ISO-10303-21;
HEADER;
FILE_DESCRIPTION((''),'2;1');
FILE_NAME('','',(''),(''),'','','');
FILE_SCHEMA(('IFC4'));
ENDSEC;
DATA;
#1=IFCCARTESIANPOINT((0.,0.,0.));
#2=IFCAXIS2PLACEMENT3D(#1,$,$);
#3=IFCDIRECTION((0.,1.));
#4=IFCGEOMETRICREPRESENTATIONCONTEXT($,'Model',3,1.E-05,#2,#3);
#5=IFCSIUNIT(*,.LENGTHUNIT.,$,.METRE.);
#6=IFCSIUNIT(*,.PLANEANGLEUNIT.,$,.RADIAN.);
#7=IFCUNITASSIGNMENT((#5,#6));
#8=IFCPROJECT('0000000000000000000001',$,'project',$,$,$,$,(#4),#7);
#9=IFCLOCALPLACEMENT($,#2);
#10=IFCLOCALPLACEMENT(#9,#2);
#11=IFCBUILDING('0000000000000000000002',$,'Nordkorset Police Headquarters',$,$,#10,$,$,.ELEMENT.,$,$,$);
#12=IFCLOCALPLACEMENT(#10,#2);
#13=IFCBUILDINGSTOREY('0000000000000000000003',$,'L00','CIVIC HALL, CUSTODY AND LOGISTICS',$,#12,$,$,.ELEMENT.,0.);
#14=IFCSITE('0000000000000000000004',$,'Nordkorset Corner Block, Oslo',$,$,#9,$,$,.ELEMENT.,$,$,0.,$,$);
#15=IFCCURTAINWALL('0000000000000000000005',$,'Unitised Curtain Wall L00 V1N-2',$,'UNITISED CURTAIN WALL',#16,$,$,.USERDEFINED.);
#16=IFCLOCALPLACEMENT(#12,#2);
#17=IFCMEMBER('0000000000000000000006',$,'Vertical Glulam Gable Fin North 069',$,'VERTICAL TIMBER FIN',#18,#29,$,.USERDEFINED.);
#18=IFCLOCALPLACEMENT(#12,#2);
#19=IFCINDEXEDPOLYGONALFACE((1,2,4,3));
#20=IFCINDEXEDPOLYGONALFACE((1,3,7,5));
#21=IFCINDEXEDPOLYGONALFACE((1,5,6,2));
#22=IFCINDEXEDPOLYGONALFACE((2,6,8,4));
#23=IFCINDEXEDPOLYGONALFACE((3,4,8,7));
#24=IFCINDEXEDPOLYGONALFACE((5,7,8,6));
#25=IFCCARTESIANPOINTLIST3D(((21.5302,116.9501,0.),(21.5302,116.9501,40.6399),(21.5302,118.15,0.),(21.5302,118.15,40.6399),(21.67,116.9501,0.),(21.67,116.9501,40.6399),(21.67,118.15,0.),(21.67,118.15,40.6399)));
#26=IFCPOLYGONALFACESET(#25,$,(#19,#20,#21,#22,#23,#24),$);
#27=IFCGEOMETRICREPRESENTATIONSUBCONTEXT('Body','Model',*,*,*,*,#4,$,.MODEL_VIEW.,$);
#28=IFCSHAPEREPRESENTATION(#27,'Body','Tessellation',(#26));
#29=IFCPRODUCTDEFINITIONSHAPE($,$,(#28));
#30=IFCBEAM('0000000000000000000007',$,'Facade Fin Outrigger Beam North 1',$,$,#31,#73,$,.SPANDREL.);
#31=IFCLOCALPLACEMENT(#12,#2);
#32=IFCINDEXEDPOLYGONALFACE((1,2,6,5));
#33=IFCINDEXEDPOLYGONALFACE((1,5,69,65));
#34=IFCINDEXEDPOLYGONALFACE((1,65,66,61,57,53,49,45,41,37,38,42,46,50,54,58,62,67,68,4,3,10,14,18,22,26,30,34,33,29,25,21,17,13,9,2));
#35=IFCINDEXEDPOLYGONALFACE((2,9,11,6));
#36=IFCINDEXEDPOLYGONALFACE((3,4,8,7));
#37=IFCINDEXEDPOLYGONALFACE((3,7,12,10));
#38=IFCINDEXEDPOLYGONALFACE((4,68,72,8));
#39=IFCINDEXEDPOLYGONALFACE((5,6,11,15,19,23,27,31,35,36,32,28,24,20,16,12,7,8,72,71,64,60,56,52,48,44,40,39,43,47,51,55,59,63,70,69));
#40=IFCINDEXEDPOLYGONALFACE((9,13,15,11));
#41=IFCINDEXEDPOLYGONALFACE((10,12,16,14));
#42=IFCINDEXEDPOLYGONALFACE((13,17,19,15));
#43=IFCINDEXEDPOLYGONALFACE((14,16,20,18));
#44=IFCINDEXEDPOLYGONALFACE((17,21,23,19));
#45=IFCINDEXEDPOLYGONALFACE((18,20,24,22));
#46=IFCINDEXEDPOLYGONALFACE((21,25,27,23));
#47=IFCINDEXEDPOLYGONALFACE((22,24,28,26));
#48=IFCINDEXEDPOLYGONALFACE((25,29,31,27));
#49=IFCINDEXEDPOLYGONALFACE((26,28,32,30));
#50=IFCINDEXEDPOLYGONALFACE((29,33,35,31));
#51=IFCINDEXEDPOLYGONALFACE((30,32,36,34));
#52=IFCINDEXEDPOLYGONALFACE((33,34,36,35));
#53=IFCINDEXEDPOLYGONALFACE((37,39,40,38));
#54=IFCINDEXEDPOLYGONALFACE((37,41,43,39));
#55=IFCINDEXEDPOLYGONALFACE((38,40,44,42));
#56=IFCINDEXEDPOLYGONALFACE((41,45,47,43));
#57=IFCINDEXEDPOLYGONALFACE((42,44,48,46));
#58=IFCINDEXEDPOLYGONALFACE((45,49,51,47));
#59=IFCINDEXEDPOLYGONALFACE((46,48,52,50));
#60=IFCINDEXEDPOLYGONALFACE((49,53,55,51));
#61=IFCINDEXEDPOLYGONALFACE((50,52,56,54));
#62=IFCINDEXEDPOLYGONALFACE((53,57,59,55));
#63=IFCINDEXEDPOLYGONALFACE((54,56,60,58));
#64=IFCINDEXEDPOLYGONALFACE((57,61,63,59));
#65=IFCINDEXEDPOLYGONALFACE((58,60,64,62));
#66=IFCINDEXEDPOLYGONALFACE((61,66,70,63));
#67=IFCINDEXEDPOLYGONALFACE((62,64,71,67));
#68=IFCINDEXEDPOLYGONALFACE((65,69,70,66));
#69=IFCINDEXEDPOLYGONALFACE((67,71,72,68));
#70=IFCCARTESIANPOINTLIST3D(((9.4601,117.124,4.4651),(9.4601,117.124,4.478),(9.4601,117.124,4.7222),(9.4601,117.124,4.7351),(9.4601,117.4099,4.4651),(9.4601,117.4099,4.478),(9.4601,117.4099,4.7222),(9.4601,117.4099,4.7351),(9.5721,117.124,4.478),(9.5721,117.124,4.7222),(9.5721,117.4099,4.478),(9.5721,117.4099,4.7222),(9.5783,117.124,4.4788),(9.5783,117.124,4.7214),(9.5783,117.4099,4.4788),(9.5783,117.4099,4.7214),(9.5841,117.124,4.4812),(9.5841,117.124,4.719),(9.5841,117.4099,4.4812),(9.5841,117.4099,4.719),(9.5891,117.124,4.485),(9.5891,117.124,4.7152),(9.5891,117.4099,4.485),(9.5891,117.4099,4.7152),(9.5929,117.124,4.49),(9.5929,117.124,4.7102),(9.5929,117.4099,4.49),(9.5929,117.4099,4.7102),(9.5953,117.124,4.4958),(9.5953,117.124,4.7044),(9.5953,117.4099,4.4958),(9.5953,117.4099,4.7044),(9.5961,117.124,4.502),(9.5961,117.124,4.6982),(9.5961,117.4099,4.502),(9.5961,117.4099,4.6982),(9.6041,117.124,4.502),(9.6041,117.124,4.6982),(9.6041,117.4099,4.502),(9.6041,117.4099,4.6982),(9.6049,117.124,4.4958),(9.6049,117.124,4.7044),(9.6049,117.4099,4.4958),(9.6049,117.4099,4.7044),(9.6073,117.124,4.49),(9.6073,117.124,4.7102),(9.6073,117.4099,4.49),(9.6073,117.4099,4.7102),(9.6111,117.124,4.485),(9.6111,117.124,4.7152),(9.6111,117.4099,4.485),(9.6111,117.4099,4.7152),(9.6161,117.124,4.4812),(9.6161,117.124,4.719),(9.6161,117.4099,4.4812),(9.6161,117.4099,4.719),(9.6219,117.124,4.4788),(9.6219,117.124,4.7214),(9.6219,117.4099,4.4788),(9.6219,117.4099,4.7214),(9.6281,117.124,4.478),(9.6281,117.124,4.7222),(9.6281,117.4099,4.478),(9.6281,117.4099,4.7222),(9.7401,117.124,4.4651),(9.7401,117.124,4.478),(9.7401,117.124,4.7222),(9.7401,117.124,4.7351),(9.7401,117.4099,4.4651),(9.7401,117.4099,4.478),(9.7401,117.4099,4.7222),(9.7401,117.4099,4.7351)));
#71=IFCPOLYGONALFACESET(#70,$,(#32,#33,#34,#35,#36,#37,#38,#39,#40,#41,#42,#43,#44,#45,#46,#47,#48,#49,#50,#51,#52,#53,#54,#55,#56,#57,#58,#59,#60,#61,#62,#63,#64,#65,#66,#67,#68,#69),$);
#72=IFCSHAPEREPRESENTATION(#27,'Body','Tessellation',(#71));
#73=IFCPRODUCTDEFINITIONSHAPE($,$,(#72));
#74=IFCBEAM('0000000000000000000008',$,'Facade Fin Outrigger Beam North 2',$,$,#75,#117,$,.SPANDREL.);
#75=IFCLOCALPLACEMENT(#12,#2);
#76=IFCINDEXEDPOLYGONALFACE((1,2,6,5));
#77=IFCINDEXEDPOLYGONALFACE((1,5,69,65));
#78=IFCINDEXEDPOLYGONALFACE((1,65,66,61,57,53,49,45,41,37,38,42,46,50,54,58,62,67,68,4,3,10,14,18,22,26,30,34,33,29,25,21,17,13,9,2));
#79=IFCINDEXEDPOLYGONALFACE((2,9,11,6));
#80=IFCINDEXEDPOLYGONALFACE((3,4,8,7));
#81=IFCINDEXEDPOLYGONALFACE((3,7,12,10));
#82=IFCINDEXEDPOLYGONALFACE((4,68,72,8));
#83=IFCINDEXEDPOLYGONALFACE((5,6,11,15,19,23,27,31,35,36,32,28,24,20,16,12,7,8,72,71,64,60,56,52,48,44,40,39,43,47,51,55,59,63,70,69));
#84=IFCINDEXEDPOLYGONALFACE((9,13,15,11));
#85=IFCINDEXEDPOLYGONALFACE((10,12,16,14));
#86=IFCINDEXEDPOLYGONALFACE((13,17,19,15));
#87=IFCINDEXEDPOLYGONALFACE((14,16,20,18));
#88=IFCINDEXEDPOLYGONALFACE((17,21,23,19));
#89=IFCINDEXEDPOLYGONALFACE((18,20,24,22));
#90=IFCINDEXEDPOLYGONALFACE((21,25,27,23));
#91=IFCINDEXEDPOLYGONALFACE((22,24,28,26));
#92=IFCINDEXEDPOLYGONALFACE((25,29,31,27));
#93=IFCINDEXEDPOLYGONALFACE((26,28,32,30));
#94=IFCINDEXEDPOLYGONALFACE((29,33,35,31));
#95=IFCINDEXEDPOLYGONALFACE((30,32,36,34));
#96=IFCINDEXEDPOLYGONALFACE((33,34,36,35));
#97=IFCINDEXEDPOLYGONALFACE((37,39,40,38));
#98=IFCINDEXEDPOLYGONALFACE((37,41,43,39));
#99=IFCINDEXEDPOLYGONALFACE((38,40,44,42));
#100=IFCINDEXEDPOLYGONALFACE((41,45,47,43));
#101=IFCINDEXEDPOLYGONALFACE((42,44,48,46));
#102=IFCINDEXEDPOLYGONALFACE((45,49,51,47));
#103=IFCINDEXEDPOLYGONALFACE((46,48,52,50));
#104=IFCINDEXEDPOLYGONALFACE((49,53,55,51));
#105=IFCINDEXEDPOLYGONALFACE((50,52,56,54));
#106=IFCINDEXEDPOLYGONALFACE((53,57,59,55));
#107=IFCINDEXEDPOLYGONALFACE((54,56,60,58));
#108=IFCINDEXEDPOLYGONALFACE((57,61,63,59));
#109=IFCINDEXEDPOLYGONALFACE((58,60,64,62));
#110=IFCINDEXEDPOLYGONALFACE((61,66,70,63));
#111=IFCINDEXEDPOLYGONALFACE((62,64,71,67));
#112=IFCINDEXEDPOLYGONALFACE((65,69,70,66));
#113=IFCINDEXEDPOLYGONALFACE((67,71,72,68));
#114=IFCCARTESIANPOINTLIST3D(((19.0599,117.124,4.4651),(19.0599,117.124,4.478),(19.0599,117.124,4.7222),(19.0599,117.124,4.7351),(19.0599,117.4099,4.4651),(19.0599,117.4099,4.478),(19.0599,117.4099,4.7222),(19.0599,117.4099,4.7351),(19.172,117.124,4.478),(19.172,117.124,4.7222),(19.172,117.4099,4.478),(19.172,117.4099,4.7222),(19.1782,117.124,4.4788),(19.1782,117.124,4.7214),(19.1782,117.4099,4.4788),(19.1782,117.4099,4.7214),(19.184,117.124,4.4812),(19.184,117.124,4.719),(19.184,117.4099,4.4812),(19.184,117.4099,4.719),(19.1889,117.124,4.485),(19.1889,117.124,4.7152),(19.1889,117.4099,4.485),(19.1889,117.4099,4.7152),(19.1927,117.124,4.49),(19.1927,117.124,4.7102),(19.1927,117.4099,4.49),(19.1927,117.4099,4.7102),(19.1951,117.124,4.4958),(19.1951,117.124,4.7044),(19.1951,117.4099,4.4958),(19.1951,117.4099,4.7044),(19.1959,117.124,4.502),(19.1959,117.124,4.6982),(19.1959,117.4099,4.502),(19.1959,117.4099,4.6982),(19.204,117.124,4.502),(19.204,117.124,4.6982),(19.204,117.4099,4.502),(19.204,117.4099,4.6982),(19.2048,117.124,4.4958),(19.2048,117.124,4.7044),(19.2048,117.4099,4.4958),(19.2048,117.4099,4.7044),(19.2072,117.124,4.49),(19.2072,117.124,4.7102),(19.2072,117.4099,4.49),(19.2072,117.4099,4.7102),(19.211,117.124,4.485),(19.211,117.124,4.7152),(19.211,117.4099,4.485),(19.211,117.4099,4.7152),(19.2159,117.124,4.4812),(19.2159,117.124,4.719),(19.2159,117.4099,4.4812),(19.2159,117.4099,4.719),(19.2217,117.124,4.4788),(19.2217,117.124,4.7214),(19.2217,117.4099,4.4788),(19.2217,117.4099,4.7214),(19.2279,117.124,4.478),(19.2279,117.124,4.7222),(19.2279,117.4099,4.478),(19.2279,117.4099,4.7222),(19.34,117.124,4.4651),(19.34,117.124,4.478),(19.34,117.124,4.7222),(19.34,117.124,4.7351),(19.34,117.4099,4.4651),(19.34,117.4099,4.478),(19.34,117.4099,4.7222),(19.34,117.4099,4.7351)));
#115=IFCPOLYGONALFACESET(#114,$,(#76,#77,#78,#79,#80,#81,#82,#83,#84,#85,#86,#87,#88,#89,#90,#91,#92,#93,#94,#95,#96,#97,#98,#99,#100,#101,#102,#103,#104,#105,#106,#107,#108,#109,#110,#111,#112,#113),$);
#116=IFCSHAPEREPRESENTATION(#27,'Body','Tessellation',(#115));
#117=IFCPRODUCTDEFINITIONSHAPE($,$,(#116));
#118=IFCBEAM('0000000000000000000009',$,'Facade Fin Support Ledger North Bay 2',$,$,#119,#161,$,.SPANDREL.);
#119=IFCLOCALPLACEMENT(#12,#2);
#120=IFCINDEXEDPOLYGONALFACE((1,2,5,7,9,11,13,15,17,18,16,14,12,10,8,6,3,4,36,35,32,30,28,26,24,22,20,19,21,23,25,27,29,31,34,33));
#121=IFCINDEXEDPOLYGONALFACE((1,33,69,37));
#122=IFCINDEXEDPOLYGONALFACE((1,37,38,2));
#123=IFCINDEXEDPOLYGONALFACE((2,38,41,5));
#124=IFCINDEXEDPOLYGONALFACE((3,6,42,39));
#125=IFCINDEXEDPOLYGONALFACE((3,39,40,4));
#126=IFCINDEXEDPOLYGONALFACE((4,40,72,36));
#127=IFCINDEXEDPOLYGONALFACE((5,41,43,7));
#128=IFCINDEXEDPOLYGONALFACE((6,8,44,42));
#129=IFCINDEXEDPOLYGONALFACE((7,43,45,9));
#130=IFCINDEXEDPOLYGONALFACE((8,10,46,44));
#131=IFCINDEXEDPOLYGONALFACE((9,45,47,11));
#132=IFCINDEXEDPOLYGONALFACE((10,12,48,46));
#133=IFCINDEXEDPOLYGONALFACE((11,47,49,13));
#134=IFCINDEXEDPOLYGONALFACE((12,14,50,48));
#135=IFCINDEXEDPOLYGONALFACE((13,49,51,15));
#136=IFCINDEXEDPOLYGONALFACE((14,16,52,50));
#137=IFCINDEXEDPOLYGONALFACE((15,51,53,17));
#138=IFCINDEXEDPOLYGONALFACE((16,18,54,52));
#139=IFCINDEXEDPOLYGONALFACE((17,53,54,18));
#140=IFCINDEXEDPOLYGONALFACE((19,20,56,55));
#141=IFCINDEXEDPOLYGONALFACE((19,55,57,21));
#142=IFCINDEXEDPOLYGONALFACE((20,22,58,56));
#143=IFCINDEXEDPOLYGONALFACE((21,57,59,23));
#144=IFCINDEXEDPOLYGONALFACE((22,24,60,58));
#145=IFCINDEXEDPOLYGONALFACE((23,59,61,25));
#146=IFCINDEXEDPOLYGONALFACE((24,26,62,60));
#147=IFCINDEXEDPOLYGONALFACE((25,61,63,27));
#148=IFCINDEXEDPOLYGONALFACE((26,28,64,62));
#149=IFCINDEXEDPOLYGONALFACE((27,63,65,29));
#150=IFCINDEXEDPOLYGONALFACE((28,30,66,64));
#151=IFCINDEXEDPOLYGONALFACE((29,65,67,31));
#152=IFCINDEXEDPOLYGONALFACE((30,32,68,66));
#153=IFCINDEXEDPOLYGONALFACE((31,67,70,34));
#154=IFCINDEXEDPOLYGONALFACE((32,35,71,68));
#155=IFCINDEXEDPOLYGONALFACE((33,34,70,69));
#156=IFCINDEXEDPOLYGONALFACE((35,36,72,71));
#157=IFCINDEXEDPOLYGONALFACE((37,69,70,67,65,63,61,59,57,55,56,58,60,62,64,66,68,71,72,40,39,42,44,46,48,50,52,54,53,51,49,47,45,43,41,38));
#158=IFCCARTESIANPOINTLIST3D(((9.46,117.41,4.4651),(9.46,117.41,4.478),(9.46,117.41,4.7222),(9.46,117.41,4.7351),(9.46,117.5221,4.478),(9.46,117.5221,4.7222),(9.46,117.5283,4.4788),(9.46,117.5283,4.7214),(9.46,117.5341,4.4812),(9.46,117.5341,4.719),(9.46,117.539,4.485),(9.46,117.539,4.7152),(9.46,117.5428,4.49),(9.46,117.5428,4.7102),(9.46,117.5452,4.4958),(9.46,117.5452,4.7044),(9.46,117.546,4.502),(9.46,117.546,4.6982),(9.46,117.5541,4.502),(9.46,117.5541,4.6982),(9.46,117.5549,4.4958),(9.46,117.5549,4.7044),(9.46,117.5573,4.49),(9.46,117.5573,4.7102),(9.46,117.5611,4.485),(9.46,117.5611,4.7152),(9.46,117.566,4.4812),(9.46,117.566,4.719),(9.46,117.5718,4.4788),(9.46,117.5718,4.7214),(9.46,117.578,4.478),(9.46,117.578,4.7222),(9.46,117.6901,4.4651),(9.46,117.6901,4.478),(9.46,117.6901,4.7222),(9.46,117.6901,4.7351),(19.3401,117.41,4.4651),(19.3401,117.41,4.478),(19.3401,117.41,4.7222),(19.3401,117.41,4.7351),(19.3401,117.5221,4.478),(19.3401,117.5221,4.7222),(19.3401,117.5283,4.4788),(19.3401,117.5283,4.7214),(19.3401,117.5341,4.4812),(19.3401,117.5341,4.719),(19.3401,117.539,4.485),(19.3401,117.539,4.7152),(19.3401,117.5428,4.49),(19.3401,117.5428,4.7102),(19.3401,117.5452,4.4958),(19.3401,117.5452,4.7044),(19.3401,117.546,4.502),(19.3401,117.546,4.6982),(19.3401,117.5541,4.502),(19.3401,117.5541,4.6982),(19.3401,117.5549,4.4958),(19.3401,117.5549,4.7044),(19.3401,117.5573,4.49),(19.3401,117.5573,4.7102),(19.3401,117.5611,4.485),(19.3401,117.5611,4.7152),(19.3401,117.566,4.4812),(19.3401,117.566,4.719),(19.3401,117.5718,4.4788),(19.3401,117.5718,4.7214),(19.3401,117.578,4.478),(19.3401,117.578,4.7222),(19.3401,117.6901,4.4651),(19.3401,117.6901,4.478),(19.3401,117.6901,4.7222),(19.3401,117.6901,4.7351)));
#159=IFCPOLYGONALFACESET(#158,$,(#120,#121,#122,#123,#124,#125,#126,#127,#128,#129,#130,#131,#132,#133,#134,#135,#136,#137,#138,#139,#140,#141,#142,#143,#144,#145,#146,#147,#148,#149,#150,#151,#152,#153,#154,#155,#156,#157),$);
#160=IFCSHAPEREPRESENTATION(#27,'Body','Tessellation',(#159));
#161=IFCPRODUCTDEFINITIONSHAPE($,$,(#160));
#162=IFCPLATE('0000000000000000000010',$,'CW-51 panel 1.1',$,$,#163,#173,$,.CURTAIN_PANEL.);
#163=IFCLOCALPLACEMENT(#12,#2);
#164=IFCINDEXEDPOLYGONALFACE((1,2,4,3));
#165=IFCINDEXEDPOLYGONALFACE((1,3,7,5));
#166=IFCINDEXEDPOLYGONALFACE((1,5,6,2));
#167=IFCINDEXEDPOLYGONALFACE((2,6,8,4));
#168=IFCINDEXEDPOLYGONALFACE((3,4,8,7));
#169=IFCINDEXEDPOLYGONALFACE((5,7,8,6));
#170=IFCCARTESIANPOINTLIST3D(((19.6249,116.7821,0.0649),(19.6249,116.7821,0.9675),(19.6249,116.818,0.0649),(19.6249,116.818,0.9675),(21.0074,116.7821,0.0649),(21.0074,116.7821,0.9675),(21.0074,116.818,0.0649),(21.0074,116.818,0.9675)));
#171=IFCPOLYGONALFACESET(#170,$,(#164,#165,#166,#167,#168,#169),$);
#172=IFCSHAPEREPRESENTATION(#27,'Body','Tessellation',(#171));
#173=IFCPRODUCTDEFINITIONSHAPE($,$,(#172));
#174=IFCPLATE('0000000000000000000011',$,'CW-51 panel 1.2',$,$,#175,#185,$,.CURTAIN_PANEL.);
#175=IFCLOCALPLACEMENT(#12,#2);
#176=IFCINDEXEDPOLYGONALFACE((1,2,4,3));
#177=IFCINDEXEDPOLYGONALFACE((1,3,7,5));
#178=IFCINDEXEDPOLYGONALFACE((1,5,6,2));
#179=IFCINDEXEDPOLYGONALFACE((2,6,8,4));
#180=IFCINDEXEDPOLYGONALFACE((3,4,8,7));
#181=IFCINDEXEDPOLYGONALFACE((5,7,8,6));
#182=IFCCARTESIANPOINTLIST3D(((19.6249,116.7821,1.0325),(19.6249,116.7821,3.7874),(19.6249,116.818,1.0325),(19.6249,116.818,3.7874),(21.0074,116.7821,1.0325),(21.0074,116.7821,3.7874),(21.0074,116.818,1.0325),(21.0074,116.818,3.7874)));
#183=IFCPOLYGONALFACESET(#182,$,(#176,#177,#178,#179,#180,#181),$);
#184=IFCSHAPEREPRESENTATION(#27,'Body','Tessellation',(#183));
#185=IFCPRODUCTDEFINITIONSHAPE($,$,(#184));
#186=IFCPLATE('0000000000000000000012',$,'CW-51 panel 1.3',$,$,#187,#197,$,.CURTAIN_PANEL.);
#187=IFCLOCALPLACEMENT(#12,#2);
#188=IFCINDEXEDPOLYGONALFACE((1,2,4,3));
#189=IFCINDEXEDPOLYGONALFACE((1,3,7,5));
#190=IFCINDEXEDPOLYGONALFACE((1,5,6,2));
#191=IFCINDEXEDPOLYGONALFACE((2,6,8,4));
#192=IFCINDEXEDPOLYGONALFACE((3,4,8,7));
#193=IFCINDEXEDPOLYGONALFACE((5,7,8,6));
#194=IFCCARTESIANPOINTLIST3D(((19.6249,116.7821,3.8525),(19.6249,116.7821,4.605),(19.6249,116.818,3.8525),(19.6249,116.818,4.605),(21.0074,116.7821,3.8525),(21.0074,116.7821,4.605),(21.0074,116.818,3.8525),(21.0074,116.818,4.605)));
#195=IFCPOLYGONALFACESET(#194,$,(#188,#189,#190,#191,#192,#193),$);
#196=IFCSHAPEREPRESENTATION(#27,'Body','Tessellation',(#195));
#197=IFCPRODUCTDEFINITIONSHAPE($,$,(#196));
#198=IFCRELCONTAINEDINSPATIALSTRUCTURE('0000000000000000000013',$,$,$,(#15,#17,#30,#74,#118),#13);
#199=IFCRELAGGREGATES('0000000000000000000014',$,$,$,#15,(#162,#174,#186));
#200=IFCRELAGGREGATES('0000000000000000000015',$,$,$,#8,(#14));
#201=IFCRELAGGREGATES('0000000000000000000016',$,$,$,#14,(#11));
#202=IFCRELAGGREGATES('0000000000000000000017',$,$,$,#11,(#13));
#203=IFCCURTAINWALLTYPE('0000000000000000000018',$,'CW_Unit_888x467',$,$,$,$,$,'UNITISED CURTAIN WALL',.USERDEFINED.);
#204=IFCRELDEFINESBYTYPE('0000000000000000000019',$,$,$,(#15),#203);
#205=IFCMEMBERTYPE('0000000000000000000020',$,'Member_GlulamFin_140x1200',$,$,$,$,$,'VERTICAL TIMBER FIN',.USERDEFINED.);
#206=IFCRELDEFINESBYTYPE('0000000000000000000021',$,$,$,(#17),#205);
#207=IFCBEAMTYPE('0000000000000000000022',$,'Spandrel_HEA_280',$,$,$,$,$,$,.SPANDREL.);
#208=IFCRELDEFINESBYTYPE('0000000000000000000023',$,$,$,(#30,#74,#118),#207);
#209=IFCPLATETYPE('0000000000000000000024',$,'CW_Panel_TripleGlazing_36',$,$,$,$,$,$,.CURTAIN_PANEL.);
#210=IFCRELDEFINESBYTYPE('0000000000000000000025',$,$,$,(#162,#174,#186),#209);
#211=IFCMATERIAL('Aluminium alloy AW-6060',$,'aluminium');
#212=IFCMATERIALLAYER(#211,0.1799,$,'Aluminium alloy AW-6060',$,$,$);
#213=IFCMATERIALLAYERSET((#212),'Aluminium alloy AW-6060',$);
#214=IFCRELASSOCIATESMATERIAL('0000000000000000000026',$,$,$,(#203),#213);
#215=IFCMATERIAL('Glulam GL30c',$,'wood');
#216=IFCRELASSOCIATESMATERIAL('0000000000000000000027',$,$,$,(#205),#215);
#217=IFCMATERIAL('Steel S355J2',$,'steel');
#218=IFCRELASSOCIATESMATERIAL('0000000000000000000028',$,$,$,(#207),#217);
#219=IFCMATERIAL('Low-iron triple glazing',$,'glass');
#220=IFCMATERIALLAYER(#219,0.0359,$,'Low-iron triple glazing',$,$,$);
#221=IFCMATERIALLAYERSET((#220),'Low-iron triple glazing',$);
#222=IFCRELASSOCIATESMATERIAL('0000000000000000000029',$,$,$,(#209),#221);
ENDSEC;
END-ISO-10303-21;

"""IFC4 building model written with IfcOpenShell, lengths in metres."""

from ifc_helpers import new_model, si_unit, direction, frame, origin, origin_2d, place, context, subcontext, project, spatial, rectangle, i_section, extrude, material, layer, layer_set, material_profile, profile_set, type_object, element, aggregate, save


model = new_model("IFC4")

# Units and contexts
model_context = context("Model", 3, precision=1e-05, world=origin(), true_north=direction((0.0, 1.0)))
body_context = subcontext(model_context, "Body", "Model", "MODEL_VIEW")
ifc_project = project(units=[si_unit("LENGTHUNIT", "METRE"), si_unit("PLANEANGLEUNIT", "RADIAN")], contexts=[model_context])

# Site, building, storey
site_placement = place(None, origin())
site = spatial("IfcSite", under=ifc_project, at=site_placement, Name="Nordkorset Corner Block, Oslo", CompositionType="ELEMENT", RefElevation=0.0)
building_placement = place(site_placement, origin())
building = spatial("IfcBuilding", under=site, at=building_placement, Name="Nordkorset Police Headquarters", CompositionType="ELEMENT")
storey_placement = place(building_placement, origin())
storey = spatial("IfcBuildingStorey", under=building, at=storey_placement, Name="L00", Description="CIVIC HALL, CUSTODY AND LOGISTICS", CompositionType="ELEMENT", Elevation=0.0)

# Curtain wall
ifc_material_1 = material(Name="Aluminium alloy AW-6060", Category="aluminium")
ifc_layer_1 = layer(ifc_material_1, 0.1799, Name="Aluminium alloy AW-6060")
ifc_layer_set_1 = layer_set([ifc_layer_1], Name="Aluminium alloy AW-6060")
curtain_wall_type = type_object("IfcCurtainWallType", Name="CW_Unit_888x467", ElementType="UNITISED CURTAIN WALL", PredefinedType="USERDEFINED", material=ifc_layer_set_1)
curtain_wall_placement = place(storey_placement, origin())
curtain_wall = element("IfcCurtainWall", 1, at=curtain_wall_placement, inside=storey, type_object=curtain_wall_type, Name="Unitised Curtain Wall L00 V1N-2", ObjectType="UNITISED CURTAIN WALL", PredefinedType="USERDEFINED")

# Member
ifc_material_2 = material(Name="Glulam GL30c", Category="wood")
ifc_material_profile_1 = material_profile(ifc_material_2, rectangle(XDim=0.1399, YDim=1.2, at=origin_2d()), Name="GL30C FIN 140x1200")
ifc_profile_set_1 = profile_set([ifc_material_profile_1], Name="Glulam GL30c")
member_type_1 = type_object("IfcMemberType", Name="Member_GlulamFin_140x1200", ElementType="VERTICAL TIMBER FIN", PredefinedType="USERDEFINED", material=ifc_profile_set_1)
member_1_placement = place(storey_placement, frame((21.6001, 117.55, 0.0), z_axis=(0.0, 0.0, 1.0), x_axis=(1.0, 0.0, 0.0)))
element("IfcMember", 2, at=member_1_placement, inside=storey, type_object=member_type_1, Name="Vertical Glulam Gable Fin North 069", ObjectType="VERTICAL TIMBER FIN", PredefinedType="USERDEFINED", context=body_context, shape_type="SweptSolid", body=[
    extrude(rectangle(XDim=0.1399, YDim=1.2, at=origin_2d()), origin(), (0.0, 0.0, 1.0), 40.6399),
])

# Beams
ifc_material_3 = material(Name="Steel S355J2", Category="steel")
ifc_material_profile_2 = material_profile(ifc_material_3, i_section(OverallWidth=0.28, OverallDepth=0.27, WebThickness=0.0081, FlangeThickness=0.0129, FilletRadius=0.0239, at=origin_2d()), Name="HEA 280")
ifc_profile_set_2 = profile_set([ifc_material_profile_2], Name="Steel S355J2")
beam_type = type_object("IfcBeamType", Name="Spandrel_HEA_280", PredefinedType="SPANDREL", material=ifc_profile_set_2)
for number, where, z_axis, x_axis, name in (
    (3, (9.6001, 117.124, 4.6001), (0.0, 1.0, 0.0), (-1.0, 0.0, 0.0), "Facade Fin Outrigger Beam North 1"),
    (4, (19.2, 117.124, 4.6001), (0.0, 1.0, 0.0), (-1.0, 0.0, 0.0), "Facade Fin Outrigger Beam North 2"),
):
    element("IfcBeam", number, at=place(storey_placement, frame(where, z_axis=z_axis, x_axis=x_axis)), inside=storey, type_object=beam_type, Name=name, PredefinedType="SPANDREL", context=body_context, shape_type="SweptSolid", body=[
        extrude(i_section(OverallWidth=0.28, OverallDepth=0.27, WebThickness=0.0081, FlangeThickness=0.0129, FilletRadius=0.0239, at=origin_2d()), origin(), (0.0, 0.0, 1.0), 0.2859),
    ])
beam_placement = place(storey_placement, frame((9.46, 117.55, 4.6001), z_axis=(1.0, 0.0, 0.0), x_axis=(0.0, 1.0, 0.0)))
element("IfcBeam", 5, at=beam_placement, inside=storey, type_object=beam_type, Name="Facade Fin Support Ledger North Bay 2", PredefinedType="SPANDREL", context=body_context, shape_type="SweptSolid", body=[
    extrude(i_section(OverallWidth=0.28, OverallDepth=0.27, WebThickness=0.0081, FlangeThickness=0.0129, FilletRadius=0.0239, at=origin_2d()), origin(), (0.0, 0.0, 1.0), 9.8801),
])

# Plates
ifc_material_4 = material(Name="Low-iron triple glazing", Category="glass")
ifc_layer_2 = layer(ifc_material_4, 0.0359, Name="Low-iron triple glazing")
ifc_layer_set_2 = layer_set([ifc_layer_2], Name="Low-iron triple glazing")
plate_type = type_object("IfcPlateType", Name="CW_Panel_TripleGlazing_36", PredefinedType="CURTAIN_PANEL", material=ifc_layer_set_2)
plate_1_placement = place(storey_placement, frame((20.3162, 116.8, 0.0649), z_axis=(0.0, 0.0, 1.0), x_axis=(1.0, 0.0, 0.0)))
plate_1 = element("IfcPlate", 6, at=plate_1_placement, type_object=plate_type, Name="CW-51 panel 1.1", PredefinedType="CURTAIN_PANEL", context=body_context, shape_type="SweptSolid", body=[
    extrude(rectangle(XDim=1.3826, YDim=0.0359, at=origin_2d()), origin(), (0.0, 0.0, 1.0), 0.9026),
])
plate_2_placement = place(storey_placement, frame((20.3162, 116.8, 1.0325), z_axis=(0.0, 0.0, 1.0), x_axis=(1.0, 0.0, 0.0)))
plate_2 = element("IfcPlate", 7, at=plate_2_placement, type_object=plate_type, Name="CW-51 panel 1.2", PredefinedType="CURTAIN_PANEL", context=body_context, shape_type="SweptSolid", body=[
    extrude(rectangle(XDim=1.3826, YDim=0.0359, at=origin_2d()), origin(), (0.0, 0.0, 1.0), 2.7549),
])
plate_3_placement = place(storey_placement, frame((20.3162, 116.8, 3.8525), z_axis=(0.0, 0.0, 1.0), x_axis=(1.0, 0.0, 0.0)))
plate_3 = element("IfcPlate", 8, at=plate_3_placement, type_object=plate_type, Name="CW-51 panel 1.3", PredefinedType="CURTAIN_PANEL", context=body_context, shape_type="SweptSolid", body=[
    extrude(rectangle(XDim=1.3826, YDim=0.0359, at=origin_2d()), origin(), (0.0, 0.0, 1.0), 0.7524),
])
aggregate(curtain_wall, [plate_1, plate_2, plate_3])

save(model, "model.ifc")
